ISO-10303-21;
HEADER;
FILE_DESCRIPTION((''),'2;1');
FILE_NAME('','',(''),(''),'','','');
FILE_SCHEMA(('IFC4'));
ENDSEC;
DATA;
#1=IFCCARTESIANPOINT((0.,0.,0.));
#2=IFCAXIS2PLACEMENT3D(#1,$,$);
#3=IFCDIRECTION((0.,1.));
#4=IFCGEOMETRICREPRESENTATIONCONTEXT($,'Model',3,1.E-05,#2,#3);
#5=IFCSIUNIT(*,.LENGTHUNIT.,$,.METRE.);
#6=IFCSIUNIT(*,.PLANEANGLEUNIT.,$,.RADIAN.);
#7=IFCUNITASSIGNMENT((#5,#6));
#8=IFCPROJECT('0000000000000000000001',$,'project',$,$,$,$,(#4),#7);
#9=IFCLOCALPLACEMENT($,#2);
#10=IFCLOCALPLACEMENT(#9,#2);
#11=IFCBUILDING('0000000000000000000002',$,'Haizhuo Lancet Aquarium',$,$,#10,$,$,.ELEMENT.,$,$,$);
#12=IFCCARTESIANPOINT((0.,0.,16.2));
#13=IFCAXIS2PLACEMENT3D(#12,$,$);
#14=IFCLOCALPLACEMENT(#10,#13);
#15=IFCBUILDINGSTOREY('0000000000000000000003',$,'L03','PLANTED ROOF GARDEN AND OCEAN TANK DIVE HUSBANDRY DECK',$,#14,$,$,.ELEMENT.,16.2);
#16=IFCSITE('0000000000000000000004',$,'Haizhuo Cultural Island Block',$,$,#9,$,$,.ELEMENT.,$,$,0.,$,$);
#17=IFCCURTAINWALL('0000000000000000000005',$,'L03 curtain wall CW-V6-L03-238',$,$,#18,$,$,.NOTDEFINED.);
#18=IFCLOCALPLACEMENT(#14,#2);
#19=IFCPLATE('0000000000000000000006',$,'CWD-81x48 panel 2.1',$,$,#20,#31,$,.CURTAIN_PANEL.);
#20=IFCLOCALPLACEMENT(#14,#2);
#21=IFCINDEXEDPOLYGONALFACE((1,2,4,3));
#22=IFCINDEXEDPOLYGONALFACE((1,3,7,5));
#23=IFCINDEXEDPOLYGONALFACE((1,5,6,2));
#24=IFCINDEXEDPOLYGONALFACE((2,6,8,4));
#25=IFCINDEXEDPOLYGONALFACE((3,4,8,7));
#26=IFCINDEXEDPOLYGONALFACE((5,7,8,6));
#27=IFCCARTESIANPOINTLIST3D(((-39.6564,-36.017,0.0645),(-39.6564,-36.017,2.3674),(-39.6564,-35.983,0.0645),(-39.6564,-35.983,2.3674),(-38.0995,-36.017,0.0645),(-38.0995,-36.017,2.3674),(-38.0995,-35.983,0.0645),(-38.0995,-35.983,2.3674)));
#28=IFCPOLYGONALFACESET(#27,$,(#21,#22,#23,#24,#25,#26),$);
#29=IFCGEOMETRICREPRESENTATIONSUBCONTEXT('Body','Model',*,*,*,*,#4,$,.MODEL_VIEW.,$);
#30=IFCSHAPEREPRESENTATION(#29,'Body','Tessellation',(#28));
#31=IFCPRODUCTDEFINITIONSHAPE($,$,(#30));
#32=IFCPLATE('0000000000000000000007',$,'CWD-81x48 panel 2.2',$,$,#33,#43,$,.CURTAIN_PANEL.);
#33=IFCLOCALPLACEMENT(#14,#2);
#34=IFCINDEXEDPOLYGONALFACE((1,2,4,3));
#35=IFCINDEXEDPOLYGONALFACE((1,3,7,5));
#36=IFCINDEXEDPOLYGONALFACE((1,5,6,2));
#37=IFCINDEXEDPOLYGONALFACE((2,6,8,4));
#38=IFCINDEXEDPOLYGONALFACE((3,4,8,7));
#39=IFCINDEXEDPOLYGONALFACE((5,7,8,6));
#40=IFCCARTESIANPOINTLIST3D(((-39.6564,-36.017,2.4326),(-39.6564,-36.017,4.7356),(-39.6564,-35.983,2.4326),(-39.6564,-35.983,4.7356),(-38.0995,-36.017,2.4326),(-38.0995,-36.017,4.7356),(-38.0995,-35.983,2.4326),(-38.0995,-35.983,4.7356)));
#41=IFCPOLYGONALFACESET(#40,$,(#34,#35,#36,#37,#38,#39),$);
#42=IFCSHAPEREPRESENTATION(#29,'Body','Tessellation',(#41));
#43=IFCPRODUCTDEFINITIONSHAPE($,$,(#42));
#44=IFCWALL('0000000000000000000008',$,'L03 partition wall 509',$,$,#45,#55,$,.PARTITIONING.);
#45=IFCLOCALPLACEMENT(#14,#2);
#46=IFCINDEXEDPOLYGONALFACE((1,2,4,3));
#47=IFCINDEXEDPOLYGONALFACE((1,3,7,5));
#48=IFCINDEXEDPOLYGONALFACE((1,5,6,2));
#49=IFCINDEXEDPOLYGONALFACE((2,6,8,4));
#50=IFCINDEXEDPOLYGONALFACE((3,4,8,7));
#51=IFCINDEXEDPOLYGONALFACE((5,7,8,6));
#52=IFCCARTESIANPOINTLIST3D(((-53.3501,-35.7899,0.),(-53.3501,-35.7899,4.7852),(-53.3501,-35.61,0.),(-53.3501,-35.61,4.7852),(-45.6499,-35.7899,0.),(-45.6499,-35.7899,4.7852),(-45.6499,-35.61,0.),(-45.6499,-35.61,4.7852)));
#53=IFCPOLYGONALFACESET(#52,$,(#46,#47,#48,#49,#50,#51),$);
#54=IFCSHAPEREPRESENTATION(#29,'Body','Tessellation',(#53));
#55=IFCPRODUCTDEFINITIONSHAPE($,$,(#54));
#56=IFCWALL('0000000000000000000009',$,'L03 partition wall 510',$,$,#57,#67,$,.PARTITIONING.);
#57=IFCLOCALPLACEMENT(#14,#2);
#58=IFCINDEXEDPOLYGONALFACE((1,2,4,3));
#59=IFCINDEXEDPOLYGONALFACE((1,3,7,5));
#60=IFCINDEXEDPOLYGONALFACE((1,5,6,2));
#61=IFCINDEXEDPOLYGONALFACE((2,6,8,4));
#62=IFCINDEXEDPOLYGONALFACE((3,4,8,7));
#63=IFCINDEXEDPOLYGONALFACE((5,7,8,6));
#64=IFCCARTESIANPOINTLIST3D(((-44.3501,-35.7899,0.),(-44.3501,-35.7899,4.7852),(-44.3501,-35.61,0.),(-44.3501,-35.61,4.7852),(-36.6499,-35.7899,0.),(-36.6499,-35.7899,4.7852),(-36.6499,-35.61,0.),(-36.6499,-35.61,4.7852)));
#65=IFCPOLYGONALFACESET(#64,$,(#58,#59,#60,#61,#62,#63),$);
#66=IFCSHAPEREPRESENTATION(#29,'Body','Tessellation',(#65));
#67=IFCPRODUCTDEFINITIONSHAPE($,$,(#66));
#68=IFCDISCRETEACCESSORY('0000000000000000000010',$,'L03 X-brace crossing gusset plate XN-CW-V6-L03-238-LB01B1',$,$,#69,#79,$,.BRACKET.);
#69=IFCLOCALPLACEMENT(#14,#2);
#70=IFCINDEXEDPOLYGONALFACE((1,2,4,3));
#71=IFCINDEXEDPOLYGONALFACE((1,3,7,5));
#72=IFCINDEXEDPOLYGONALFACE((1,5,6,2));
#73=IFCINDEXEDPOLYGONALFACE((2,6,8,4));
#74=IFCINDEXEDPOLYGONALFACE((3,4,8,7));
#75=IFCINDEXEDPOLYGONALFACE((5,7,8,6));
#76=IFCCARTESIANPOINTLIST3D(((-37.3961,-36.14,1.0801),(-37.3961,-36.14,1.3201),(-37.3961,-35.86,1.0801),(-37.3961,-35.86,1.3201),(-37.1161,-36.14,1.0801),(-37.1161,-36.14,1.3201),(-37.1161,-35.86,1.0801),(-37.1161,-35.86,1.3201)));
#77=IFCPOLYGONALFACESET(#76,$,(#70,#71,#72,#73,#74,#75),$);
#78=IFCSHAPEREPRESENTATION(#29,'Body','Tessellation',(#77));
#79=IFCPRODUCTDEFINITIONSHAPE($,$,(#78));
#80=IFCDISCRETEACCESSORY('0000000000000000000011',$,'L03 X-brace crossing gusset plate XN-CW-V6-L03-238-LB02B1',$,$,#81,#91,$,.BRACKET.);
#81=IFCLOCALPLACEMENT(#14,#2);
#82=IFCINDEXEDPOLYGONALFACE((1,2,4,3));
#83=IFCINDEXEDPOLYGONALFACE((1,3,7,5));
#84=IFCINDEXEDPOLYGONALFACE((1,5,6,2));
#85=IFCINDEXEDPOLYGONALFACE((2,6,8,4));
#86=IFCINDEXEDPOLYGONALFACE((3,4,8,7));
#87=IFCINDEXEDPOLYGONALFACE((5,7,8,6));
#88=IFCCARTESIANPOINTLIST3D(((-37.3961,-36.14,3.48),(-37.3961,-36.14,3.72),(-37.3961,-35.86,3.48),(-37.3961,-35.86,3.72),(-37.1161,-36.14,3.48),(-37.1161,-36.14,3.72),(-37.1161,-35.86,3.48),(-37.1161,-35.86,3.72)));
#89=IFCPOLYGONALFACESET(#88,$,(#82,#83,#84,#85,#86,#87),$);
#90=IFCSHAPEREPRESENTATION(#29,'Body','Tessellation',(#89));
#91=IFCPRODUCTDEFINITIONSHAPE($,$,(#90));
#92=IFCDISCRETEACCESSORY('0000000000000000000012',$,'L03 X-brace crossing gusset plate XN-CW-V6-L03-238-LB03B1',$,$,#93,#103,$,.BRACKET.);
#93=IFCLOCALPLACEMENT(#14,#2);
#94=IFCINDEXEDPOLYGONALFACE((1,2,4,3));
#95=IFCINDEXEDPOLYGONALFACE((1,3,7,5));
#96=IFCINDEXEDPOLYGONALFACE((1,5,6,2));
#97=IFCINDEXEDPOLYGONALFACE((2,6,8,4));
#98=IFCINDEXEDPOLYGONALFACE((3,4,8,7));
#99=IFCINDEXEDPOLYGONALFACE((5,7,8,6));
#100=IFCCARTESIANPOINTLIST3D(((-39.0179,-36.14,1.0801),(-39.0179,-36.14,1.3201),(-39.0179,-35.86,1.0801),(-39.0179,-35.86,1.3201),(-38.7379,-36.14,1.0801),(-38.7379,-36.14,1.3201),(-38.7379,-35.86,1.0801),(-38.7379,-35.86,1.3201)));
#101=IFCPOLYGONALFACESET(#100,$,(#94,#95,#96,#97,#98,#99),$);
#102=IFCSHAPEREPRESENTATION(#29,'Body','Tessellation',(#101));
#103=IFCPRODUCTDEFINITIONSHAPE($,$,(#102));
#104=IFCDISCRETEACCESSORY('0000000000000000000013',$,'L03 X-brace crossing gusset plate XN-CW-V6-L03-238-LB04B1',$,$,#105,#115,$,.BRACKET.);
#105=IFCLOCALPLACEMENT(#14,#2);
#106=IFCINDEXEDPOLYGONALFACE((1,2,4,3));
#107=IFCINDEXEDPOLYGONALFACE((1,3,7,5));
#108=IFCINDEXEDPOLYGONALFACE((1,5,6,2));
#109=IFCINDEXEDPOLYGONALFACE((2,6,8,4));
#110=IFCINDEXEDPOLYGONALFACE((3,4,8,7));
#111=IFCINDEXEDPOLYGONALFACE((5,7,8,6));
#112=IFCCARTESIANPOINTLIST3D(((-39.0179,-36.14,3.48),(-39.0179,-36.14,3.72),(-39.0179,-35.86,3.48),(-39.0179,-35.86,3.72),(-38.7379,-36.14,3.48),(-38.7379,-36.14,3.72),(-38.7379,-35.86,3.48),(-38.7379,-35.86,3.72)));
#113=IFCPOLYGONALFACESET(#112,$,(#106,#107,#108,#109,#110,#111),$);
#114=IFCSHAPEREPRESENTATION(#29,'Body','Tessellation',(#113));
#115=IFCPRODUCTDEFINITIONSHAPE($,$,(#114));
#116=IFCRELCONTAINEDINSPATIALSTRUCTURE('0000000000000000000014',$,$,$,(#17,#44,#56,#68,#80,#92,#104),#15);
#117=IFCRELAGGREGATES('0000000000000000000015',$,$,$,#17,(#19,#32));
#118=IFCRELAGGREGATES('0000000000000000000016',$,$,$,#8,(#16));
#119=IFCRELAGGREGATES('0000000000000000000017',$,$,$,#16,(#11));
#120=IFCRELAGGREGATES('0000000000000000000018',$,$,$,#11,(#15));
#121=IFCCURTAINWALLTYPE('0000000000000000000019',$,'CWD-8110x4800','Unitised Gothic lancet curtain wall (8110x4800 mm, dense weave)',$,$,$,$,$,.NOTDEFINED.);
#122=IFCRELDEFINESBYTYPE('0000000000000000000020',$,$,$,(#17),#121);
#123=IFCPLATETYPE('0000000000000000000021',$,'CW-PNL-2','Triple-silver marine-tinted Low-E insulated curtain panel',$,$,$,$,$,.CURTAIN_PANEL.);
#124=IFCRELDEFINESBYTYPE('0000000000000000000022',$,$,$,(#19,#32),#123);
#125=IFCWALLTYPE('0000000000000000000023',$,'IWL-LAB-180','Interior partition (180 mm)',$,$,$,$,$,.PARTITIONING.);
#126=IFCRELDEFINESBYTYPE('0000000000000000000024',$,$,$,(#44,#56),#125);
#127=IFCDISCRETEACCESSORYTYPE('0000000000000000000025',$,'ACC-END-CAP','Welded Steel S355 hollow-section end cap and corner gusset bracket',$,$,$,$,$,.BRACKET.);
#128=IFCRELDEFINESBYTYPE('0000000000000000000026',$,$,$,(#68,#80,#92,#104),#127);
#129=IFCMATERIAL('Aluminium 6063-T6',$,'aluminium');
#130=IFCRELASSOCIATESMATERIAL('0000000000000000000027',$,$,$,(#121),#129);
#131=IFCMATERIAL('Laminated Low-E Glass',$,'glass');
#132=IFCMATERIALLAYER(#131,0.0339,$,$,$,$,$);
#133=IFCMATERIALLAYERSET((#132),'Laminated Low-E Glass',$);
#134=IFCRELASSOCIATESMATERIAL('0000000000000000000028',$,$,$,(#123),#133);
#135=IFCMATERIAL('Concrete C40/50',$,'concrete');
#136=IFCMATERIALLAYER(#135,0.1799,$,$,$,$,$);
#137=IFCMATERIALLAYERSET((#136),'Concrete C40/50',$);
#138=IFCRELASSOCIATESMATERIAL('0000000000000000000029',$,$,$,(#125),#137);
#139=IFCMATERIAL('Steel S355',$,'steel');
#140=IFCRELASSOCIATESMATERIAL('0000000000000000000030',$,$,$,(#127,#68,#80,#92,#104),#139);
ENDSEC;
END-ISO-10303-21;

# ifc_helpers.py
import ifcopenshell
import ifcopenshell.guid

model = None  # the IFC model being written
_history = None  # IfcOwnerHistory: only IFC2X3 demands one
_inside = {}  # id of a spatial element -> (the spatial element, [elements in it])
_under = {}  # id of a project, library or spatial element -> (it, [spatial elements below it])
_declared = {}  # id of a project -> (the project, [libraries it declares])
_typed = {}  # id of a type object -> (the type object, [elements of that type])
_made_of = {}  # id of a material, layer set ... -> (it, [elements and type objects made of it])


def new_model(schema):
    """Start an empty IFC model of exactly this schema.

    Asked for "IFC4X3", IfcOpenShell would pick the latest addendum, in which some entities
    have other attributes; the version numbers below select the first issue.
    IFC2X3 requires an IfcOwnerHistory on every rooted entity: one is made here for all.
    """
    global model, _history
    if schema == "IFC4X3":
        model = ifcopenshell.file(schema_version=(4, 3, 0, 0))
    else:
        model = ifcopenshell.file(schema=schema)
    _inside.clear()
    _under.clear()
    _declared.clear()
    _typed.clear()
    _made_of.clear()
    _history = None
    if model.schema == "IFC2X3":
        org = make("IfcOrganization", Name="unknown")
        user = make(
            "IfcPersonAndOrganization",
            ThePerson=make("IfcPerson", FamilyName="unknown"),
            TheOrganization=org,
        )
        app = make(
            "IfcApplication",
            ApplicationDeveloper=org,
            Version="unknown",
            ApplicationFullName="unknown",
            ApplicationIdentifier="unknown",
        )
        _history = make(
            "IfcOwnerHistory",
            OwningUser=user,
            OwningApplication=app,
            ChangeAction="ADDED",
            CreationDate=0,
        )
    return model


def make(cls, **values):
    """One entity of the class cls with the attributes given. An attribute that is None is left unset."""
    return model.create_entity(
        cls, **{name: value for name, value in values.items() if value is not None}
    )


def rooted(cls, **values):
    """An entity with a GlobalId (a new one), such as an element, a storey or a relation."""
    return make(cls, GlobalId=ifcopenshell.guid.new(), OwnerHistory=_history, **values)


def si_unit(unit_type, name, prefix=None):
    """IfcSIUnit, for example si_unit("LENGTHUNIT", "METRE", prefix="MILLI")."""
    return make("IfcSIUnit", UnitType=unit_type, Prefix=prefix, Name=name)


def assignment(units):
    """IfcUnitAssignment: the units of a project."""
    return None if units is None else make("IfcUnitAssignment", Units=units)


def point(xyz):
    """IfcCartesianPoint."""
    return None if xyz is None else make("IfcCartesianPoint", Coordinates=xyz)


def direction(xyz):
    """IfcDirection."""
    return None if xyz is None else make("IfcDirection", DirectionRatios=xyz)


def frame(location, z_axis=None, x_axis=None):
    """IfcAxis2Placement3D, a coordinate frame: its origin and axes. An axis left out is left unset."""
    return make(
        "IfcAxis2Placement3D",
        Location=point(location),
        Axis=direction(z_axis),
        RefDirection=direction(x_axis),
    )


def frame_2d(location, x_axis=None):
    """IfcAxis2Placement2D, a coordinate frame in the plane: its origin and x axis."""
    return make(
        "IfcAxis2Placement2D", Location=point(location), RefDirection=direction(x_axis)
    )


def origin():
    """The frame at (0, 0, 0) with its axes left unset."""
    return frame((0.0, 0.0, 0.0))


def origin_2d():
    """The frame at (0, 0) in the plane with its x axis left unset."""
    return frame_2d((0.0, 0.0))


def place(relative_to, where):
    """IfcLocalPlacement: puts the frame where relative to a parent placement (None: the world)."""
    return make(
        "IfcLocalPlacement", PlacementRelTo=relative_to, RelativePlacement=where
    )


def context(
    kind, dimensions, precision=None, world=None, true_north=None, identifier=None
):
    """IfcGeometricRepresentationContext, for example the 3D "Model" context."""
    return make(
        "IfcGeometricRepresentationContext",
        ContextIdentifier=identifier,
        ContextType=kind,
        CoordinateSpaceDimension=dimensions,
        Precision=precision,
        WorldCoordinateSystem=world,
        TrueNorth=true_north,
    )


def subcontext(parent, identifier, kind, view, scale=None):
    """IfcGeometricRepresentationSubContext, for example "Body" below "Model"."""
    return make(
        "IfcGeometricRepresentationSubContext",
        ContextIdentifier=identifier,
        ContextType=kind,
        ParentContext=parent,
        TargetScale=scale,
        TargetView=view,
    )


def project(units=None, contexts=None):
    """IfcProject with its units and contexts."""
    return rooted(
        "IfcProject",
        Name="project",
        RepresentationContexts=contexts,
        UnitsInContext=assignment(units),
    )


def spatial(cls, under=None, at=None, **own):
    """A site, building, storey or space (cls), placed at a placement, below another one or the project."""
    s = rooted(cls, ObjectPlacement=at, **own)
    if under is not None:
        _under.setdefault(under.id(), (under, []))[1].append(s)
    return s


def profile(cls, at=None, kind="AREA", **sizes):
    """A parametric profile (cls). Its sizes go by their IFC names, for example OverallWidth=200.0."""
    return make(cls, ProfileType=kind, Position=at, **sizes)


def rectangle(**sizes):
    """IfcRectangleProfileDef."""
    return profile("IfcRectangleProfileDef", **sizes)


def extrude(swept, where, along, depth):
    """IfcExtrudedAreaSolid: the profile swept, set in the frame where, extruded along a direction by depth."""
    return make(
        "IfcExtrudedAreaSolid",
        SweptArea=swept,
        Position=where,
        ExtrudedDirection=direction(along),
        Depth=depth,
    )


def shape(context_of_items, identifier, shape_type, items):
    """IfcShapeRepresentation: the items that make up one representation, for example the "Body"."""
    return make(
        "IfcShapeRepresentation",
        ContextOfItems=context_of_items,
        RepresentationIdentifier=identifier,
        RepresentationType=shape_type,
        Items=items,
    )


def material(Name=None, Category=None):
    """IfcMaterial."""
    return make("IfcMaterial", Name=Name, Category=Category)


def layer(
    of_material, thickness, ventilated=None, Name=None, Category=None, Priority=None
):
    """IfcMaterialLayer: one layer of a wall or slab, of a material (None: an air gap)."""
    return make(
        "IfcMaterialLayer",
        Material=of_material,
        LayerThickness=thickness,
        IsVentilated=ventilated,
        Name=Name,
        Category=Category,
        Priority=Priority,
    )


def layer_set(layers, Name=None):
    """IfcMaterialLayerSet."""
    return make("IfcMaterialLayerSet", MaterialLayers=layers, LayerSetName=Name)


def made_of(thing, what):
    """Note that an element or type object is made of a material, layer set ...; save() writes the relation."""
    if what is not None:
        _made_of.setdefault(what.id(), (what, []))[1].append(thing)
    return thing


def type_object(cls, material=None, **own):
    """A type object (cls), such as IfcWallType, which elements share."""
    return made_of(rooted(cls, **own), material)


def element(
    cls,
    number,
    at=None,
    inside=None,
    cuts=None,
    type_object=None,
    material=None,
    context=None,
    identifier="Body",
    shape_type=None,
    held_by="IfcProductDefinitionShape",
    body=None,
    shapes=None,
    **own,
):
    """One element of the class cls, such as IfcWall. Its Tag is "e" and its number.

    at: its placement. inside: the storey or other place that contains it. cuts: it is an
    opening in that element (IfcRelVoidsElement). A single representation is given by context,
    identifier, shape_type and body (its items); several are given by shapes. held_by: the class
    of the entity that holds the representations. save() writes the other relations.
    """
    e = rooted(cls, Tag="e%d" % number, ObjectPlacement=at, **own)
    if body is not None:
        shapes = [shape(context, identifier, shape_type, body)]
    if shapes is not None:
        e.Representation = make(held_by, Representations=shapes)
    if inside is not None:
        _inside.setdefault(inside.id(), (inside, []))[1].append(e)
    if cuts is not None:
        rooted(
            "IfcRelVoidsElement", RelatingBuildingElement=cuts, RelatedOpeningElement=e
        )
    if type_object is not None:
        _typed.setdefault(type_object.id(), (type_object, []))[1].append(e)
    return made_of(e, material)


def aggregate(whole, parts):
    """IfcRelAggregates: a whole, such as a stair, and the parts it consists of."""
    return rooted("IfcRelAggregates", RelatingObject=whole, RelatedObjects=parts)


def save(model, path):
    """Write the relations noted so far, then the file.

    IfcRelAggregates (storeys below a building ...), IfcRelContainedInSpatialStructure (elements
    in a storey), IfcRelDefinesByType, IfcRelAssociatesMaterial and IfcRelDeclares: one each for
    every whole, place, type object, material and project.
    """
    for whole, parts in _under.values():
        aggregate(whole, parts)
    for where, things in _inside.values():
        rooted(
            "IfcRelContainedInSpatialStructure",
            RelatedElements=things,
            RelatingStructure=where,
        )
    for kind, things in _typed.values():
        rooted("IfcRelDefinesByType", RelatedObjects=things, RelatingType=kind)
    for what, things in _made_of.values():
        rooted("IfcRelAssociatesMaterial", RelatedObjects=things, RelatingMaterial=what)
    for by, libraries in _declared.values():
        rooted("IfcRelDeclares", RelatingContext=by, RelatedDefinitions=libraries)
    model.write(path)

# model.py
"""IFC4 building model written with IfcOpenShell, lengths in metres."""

from ifc_helpers import new_model, si_unit, direction, frame, frame_2d, origin, origin_2d, place, context, subcontext, project, spatial, rectangle, extrude, material, layer, layer_set, type_object, element, aggregate, save


model = new_model("IFC4")

# Units and contexts
model_context = context("Model", 3, precision=1e-05, world=origin(), true_north=direction((0.0, 1.0)))
body_context = subcontext(model_context, "Body", "Model", "MODEL_VIEW")
ifc_project = project(units=[si_unit("LENGTHUNIT", "METRE"), si_unit("PLANEANGLEUNIT", "RADIAN")], contexts=[model_context])

# Site, building, storey
site_placement = place(None, origin())
site = spatial("IfcSite", under=ifc_project, at=site_placement, Name="Haizhuo Cultural Island Block", CompositionType="ELEMENT", RefElevation=0.0)
building_placement = place(site_placement, origin())
building = spatial("IfcBuilding", under=site, at=building_placement, Name="Haizhuo Lancet Aquarium", CompositionType="ELEMENT")
storey_placement = place(building_placement, frame((0.0, 0.0, 16.2)))
storey = spatial("IfcBuildingStorey", under=building, at=storey_placement, Name="L03", Description="PLANTED ROOF GARDEN AND OCEAN TANK DIVE HUSBANDRY DECK", CompositionType="ELEMENT", Elevation=16.2)

# Curtain wall
ifc_material_1 = material(Name="Aluminium 6063-T6", Category="aluminium")
curtain_wall_type_1 = type_object("IfcCurtainWallType", Name="CWD-8110x4800", Description="Unitised Gothic lancet curtain wall (8110x4800 mm, dense weave)", PredefinedType="NOTDEFINED", material=ifc_material_1)
curtain_wall_1_placement = place(storey_placement, origin())
curtain_wall_1 = element("IfcCurtainWall", 1, at=curtain_wall_1_placement, inside=storey, type_object=curtain_wall_type_1, Name="L03 curtain wall CW-V6-L03-238", PredefinedType="NOTDEFINED")

# Shared definitions
ifc_material_2 = material(Name="Steel S355", Category="steel")

# Plates
ifc_material_3 = material(Name="Laminated Low-E Glass", Category="glass")
ifc_layer_1 = layer(ifc_material_3, 0.0339)
ifc_layer_set_1 = layer_set([ifc_layer_1], Name="Laminated Low-E Glass")
plate_type = type_object("IfcPlateType", Name="CW-PNL-2", Description="Triple-silver marine-tinted Low-E insulated curtain panel", PredefinedType="CURTAIN_PANEL", material=ifc_layer_set_1)
plate_1_placement = place(storey_placement, frame((-38.8779, -36.0, 0.0645), z_axis=(0.0, 0.0, 1.0), x_axis=(-1.0, 0.0, 0.0)))
plate_1 = element("IfcPlate", 2, at=plate_1_placement, type_object=plate_type, Name="CWD-81x48 panel 2.1", PredefinedType="CURTAIN_PANEL", context=body_context, shape_type="SweptSolid", body=[
    extrude(rectangle(XDim=1.5569, YDim=0.0339, at=origin_2d()), origin(), (0.0, 0.0, 1.0), 2.303),
])
plate_2_placement = place(storey_placement, frame((-38.8779, -36.0, 2.4326), z_axis=(0.0, 0.0, 1.0), x_axis=(-1.0, 0.0, 0.0)))
plate_2 = element("IfcPlate", 3, at=plate_2_placement, type_object=plate_type, Name="CWD-81x48 panel 2.2", PredefinedType="CURTAIN_PANEL", context=body_context, shape_type="SweptSolid", body=[
    extrude(rectangle(XDim=1.5569, YDim=0.0339, at=origin_2d()), origin(), (0.0, 0.0, 1.0), 2.303),
])
aggregate(curtain_wall_1, [plate_1, plate_2])

# Walls
ifc_material_4 = material(Name="Concrete C40/50", Category="concrete")
ifc_layer_2 = layer(ifc_material_4, 0.1799)
ifc_layer_set_2 = layer_set([ifc_layer_2], Name="Concrete C40/50")
wall_type = type_object("IfcWallType", Name="IWL-LAB-180", Description="Interior partition (180 mm)", PredefinedType="PARTITIONING", material=ifc_layer_set_2)
for number, where, z_axis, x_axis, name in (
    (4, (-53.3501, -35.7, 0.0), (0.0, 0.0, 1.0), (1.0, 0.0, 0.0), "L03 partition wall 509"),
    (5, (-44.3501, -35.7, 0.0), (0.0, 0.0, 1.0), (1.0, 0.0, 0.0), "L03 partition wall 510"),
):
    element("IfcWall", number, at=place(storey_placement, frame(where, z_axis=z_axis, x_axis=x_axis)), inside=storey, type_object=wall_type, Name=name, PredefinedType="PARTITIONING", context=body_context, shape_type="SweptSolid", body=[
        extrude(rectangle(XDim=7.7002, YDim=0.1799, at=frame_2d((3.8501, 0.0))), origin(), (0.0, 0.0, 1.0), 4.7852),
    ])

# Discrete accessories
discrete_accessory_type = type_object("IfcDiscreteAccessoryType", Name="ACC-END-CAP", Description="Welded Steel S355 hollow-section end cap and corner gusset bracket", PredefinedType="BRACKET", material=ifc_material_2)
for number, where, z_axis, x_axis, name in (
    (6, (-37.2561, -36.0, 1.0801), (0.0, 0.0, 1.0), (1.0, 0.0, 0.0), "L03 X-brace crossing gusset plate XN-CW-V6-L03-238-LB01B1"),
    (7, (-37.2561, -36.0, 3.48), (0.0, 0.0, 1.0), (1.0, 0.0, 0.0), "L03 X-brace crossing gusset plate XN-CW-V6-L03-238-LB02B1"),
    (8, (-38.8779, -36.0, 1.0801), (0.0, 0.0, 1.0), (1.0, 0.0, 0.0), "L03 X-brace crossing gusset plate XN-CW-V6-L03-238-LB03B1"),
    (9, (-38.8779, -36.0, 3.48), (0.0, 0.0, 1.0), (1.0, 0.0, 0.0), "L03 X-brace crossing gusset plate XN-CW-V6-L03-238-LB04B1"),
):
    element("IfcDiscreteAccessory", number, at=place(storey_placement, frame(where, z_axis=z_axis, x_axis=x_axis)), inside=storey, type_object=discrete_accessory_type, material=ifc_material_2, Name=name, PredefinedType="BRACKET", context=body_context, shape_type="SweptSolid", body=[
        extrude(rectangle(XDim=0.28, YDim=0.28, at=origin_2d()), origin(), (0.0, 0.0, 1.0), 0.24),
    ])

save(model, "model.ifc")
